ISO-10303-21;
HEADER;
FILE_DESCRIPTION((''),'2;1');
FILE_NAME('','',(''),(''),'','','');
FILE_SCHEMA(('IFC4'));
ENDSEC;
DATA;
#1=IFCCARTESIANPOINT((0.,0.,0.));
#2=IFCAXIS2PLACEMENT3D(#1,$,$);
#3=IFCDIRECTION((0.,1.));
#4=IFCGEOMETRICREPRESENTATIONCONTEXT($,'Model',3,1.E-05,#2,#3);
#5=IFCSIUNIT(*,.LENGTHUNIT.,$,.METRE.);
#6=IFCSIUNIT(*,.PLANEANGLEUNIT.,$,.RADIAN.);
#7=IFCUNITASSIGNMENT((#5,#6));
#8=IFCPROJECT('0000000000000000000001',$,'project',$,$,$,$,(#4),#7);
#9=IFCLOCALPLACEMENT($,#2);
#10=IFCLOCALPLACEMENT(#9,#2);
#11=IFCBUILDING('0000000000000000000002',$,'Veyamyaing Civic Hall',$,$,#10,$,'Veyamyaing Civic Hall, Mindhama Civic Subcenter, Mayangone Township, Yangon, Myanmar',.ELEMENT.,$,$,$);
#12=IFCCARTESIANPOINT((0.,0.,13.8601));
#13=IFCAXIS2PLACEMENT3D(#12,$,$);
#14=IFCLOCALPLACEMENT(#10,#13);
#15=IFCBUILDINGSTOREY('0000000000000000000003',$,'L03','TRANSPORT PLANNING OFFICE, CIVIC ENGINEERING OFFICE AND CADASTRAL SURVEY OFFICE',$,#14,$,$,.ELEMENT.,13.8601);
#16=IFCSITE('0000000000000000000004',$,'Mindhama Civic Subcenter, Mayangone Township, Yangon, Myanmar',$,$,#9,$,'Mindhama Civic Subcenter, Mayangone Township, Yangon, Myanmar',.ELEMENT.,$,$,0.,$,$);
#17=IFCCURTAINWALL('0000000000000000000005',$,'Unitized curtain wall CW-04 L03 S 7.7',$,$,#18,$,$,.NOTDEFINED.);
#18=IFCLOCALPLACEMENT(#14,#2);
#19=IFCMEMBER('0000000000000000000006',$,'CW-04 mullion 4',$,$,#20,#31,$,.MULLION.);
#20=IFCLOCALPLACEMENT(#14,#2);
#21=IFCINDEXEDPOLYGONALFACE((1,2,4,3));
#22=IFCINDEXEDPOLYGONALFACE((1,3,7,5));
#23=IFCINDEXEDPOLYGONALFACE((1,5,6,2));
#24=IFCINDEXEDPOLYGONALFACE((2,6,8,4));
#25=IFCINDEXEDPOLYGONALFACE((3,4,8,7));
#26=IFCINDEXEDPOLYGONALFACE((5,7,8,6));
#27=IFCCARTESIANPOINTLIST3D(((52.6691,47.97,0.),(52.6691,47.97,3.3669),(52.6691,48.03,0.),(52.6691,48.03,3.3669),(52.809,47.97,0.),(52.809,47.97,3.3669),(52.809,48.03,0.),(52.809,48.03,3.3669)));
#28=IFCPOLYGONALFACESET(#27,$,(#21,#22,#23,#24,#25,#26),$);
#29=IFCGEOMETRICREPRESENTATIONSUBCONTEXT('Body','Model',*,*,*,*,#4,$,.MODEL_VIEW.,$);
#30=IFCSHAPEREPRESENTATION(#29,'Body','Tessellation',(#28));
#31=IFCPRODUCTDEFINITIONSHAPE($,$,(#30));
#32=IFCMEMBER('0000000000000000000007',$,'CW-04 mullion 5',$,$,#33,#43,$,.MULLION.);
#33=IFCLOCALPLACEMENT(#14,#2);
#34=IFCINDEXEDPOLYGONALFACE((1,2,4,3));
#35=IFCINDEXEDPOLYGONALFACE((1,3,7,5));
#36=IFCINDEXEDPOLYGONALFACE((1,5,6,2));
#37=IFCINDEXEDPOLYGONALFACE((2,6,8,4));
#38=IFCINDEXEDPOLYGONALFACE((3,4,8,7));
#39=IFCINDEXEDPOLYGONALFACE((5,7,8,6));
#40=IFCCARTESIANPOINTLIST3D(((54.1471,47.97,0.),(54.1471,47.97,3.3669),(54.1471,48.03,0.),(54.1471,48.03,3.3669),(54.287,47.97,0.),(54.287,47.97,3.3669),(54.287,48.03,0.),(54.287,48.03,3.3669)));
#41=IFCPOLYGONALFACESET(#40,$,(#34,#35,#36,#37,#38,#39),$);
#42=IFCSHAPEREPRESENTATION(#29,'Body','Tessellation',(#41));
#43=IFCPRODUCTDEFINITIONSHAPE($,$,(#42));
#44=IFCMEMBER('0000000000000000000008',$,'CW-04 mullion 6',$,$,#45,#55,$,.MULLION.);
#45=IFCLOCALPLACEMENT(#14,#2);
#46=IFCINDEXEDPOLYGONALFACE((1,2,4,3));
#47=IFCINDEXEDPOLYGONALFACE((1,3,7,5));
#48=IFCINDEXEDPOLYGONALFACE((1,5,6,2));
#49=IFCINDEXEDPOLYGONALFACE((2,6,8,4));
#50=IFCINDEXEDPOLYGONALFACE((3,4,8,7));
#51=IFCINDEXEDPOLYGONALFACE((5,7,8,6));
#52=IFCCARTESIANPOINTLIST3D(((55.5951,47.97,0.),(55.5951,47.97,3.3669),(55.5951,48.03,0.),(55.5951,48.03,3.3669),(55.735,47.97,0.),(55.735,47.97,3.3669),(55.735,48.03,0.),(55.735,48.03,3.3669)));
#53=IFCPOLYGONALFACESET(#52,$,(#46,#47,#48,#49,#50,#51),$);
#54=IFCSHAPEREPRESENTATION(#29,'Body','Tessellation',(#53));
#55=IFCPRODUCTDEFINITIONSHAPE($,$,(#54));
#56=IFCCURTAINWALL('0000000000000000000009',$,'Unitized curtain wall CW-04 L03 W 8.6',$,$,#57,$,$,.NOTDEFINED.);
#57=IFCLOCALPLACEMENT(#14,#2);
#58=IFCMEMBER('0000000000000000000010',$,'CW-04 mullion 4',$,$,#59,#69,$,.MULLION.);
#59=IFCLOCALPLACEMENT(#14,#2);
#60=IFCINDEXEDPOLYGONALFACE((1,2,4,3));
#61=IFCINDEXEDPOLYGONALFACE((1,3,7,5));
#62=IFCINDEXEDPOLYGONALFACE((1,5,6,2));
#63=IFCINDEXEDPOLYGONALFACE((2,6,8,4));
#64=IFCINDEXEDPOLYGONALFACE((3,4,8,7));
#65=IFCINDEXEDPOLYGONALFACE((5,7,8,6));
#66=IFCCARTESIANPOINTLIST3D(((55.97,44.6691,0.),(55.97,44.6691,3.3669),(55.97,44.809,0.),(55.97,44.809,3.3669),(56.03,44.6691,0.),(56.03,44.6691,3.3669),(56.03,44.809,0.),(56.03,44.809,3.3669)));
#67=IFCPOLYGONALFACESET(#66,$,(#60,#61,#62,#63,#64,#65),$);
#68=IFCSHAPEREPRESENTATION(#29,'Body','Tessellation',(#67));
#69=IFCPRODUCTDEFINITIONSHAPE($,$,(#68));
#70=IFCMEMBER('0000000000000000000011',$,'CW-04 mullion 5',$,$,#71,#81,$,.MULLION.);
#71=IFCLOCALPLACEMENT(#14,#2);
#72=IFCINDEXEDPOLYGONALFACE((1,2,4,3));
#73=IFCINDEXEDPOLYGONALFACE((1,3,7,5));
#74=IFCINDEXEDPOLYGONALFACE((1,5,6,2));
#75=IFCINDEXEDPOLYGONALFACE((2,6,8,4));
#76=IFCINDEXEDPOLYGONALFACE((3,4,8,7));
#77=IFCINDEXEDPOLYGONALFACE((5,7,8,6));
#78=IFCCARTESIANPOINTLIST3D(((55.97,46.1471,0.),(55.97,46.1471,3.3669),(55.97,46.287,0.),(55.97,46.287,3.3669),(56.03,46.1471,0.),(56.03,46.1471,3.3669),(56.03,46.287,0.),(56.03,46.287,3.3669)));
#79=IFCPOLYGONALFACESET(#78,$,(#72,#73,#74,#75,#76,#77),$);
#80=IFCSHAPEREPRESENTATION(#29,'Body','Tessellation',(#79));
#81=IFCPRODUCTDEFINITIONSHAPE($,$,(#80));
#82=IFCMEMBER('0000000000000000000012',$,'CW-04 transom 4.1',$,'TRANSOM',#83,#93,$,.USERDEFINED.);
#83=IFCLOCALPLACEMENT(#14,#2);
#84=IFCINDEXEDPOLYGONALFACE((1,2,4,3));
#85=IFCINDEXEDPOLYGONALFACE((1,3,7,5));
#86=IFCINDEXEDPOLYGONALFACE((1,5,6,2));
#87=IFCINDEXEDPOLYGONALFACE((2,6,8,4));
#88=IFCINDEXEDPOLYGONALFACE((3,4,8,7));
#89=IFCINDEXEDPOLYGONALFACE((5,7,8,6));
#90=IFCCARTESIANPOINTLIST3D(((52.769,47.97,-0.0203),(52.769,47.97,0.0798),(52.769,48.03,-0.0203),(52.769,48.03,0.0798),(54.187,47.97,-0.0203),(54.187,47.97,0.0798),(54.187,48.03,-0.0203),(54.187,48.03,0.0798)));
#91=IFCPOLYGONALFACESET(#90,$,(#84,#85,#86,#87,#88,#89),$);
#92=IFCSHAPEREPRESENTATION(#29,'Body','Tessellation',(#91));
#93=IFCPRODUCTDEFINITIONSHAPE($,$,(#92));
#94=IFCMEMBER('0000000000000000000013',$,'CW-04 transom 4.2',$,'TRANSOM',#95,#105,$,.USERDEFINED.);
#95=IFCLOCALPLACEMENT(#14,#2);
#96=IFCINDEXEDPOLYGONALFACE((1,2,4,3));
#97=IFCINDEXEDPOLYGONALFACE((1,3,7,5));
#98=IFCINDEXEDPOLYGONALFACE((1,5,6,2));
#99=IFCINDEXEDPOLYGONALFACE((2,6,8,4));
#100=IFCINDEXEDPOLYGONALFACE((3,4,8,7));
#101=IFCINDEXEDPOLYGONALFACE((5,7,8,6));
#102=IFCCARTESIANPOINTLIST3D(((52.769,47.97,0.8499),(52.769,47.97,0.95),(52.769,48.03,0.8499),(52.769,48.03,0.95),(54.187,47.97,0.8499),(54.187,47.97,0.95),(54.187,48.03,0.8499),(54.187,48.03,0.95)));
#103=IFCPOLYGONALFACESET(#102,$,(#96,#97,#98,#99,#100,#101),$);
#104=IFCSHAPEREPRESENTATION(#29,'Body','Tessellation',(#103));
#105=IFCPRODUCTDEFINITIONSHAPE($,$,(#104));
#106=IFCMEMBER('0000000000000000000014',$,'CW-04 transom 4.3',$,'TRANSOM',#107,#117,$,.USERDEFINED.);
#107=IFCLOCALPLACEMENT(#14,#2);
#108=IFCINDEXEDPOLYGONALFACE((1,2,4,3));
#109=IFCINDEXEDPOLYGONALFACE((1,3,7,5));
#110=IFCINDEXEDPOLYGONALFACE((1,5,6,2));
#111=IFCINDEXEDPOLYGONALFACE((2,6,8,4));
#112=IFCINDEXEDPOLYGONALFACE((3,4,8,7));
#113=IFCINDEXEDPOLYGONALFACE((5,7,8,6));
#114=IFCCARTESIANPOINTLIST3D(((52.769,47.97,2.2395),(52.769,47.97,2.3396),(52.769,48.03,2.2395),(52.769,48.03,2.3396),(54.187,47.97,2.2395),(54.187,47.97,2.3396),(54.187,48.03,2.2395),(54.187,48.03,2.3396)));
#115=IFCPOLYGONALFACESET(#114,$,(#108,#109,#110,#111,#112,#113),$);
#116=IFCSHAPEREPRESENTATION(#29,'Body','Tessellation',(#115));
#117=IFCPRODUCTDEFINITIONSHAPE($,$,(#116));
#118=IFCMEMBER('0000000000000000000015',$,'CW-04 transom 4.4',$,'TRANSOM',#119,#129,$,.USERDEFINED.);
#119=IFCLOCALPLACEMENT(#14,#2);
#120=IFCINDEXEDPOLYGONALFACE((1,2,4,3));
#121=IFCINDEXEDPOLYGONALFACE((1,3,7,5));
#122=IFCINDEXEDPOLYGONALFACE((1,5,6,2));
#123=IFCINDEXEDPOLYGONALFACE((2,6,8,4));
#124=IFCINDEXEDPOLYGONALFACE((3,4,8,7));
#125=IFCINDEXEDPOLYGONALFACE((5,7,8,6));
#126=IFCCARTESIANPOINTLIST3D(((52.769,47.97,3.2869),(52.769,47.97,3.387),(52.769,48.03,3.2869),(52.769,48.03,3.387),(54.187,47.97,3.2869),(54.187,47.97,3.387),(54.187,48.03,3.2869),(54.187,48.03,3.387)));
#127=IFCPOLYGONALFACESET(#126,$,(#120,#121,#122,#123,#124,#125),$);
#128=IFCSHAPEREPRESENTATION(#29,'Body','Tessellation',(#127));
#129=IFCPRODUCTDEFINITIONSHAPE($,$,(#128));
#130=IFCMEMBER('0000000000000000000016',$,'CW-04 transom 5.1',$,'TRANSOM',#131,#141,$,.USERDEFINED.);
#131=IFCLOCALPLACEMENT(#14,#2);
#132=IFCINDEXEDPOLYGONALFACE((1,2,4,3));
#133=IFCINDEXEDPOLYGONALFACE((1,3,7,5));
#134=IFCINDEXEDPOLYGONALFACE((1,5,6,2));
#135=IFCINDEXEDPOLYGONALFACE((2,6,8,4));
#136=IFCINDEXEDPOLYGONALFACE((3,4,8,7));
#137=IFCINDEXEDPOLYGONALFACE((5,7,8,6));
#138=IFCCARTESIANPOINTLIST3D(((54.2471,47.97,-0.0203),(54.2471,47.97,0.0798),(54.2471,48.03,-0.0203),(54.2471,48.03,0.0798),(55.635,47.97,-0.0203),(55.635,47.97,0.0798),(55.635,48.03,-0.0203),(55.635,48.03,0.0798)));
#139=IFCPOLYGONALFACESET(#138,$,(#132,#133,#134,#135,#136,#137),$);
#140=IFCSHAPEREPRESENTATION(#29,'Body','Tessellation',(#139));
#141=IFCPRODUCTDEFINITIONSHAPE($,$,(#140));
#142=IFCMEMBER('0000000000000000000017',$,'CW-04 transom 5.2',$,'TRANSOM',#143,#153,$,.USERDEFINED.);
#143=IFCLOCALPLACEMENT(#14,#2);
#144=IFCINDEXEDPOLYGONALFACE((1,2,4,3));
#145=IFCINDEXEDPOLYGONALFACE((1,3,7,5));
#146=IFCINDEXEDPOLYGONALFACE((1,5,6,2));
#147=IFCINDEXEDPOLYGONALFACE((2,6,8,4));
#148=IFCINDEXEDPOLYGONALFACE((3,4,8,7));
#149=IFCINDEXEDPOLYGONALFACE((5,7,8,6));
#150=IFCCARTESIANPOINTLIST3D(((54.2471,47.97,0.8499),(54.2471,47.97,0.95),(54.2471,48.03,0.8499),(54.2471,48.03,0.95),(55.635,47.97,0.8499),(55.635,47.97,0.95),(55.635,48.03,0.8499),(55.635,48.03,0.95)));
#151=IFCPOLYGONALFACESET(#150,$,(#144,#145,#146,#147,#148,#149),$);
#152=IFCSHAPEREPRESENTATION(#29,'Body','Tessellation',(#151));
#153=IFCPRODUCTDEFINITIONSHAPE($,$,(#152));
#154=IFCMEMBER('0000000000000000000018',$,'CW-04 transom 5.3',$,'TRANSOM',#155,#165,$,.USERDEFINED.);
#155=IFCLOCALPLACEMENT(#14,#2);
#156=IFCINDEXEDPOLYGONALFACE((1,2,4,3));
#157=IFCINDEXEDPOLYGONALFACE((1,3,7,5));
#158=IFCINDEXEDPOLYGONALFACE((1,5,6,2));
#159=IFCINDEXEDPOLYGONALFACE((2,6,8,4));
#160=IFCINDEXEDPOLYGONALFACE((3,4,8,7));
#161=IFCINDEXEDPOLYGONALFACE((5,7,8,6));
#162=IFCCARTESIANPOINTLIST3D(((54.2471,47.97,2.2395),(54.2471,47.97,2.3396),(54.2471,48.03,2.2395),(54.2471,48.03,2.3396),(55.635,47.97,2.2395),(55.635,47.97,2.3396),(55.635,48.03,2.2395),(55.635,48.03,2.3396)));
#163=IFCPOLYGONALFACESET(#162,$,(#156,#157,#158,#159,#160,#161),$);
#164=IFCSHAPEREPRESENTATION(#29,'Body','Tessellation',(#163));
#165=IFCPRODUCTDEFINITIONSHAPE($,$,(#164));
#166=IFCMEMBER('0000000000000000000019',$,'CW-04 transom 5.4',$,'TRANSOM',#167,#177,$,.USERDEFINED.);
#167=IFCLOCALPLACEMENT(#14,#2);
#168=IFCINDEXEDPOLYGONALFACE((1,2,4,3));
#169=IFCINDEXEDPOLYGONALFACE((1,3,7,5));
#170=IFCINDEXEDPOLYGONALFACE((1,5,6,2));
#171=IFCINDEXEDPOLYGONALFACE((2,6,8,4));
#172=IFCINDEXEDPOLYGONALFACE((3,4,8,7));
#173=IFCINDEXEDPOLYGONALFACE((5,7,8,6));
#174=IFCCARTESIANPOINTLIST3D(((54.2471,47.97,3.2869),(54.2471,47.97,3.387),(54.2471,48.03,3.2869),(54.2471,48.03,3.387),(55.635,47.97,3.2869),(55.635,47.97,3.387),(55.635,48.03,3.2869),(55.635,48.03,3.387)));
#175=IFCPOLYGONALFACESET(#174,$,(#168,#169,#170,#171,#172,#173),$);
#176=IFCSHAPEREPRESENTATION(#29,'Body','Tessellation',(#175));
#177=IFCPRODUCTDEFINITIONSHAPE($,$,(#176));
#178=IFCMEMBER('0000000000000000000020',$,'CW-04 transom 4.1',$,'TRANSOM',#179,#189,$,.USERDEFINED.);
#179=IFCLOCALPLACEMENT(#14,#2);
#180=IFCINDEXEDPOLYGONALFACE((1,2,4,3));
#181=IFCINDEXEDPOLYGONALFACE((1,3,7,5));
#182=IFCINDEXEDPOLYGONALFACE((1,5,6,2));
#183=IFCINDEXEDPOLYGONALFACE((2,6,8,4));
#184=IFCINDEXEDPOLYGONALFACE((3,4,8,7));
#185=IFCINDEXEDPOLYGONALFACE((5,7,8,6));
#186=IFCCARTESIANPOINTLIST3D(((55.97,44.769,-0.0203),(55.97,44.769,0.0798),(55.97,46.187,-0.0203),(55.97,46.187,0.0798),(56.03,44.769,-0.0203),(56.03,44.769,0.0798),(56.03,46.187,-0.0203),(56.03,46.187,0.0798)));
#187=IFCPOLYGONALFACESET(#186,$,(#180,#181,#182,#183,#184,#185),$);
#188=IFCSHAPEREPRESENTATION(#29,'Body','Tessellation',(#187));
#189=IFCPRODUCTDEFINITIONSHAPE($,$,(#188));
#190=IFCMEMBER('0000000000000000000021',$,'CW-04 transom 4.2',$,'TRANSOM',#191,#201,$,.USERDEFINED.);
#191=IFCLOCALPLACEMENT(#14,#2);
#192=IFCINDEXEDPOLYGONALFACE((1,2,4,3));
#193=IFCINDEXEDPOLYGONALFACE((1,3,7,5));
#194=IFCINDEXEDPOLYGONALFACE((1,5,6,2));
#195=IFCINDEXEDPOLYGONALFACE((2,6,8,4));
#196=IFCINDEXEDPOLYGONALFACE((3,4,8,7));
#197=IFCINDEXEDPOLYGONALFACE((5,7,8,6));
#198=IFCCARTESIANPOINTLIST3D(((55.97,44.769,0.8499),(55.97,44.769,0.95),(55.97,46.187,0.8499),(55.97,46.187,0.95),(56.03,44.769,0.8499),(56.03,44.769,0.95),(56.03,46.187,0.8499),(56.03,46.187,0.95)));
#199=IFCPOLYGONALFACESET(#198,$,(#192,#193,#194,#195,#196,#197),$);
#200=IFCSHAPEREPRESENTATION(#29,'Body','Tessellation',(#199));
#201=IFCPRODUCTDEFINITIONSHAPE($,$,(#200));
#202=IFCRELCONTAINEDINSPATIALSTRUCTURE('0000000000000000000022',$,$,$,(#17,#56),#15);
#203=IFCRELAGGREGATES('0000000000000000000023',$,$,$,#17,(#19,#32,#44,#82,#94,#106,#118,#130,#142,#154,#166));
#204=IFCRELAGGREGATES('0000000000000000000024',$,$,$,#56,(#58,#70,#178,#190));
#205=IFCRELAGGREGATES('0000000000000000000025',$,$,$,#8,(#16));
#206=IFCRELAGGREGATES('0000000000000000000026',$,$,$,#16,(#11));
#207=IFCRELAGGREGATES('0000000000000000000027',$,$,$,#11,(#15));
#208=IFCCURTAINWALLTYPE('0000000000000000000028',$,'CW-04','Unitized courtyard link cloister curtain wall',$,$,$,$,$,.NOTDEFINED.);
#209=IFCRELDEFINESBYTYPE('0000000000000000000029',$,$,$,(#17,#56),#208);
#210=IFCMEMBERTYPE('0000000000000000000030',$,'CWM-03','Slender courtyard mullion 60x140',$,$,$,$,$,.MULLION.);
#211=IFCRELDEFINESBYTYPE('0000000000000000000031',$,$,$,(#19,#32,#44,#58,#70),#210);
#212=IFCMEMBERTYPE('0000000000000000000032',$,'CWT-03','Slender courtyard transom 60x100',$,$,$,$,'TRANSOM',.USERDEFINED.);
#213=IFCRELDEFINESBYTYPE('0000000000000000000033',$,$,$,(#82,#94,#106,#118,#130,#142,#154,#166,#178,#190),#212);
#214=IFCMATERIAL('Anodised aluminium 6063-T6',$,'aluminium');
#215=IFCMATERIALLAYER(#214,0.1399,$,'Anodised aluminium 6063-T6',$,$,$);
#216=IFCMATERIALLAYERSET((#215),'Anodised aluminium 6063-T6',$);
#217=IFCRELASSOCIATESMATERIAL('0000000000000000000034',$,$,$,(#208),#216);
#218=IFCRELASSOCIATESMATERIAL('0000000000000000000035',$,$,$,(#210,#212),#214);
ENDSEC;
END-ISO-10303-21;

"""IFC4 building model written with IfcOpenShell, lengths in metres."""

from ifc_helpers import new_model, si_unit, direction, frame, origin, origin_2d, place, context, subcontext, project, spatial, rectangle, extrude, material, layer, layer_set, material_profile, profile_set, type_object, element, aggregate, save


model = new_model("IFC4")

# Units and contexts
model_context = context("Model", 3, precision=1e-05, world=origin(), true_north=direction((0.0, 1.0)))
body_context = subcontext(model_context, "Body", "Model", "MODEL_VIEW")
ifc_project = project(units=[si_unit("LENGTHUNIT", "METRE"), si_unit("PLANEANGLEUNIT", "RADIAN")], contexts=[model_context])

# Site, building, storey
site_placement = place(None, origin())
site = spatial("IfcSite", under=ifc_project, at=site_placement, Name="Mindhama Civic Subcenter, Mayangone Township, Yangon, Myanmar", LongName="Mindhama Civic Subcenter, Mayangone Township, Yangon, Myanmar", CompositionType="ELEMENT", RefElevation=0.0)
building_placement = place(site_placement, origin())
building = spatial("IfcBuilding", under=site, at=building_placement, Name="Veyamyaing Civic Hall", LongName="Veyamyaing Civic Hall, Mindhama Civic Subcenter, Mayangone Township, Yangon, Myanmar", CompositionType="ELEMENT")
storey_placement = place(building_placement, frame((0.0, 0.0, 13.8601)))
storey = spatial("IfcBuildingStorey", under=building, at=storey_placement, Name="L03", Description="TRANSPORT PLANNING OFFICE, CIVIC ENGINEERING OFFICE AND CADASTRAL SURVEY OFFICE", CompositionType="ELEMENT", Elevation=13.8601)

# Curtain walls, members
ifc_material_1 = material(Name="Anodised aluminium 6063-T6", Category="aluminium")
ifc_layer_1 = layer(ifc_material_1, 0.1399, Name="Anodised aluminium 6063-T6")
ifc_layer_set_1 = layer_set([ifc_layer_1], Name="Anodised aluminium 6063-T6")
curtain_wall_type = type_object("IfcCurtainWallType", Name="CW-04", Description="Unitized courtyard link cloister curtain wall", PredefinedType="NOTDEFINED", material=ifc_layer_set_1)
curtain_wall_1_placement = place(storey_placement, origin())
curtain_wall_1 = element("IfcCurtainWall", 1, at=curtain_wall_1_placement, inside=storey, type_object=curtain_wall_type, Name="Unitized curtain wall CW-04 L03 S 7.7", PredefinedType="NOTDEFINED")
ifc_material_profile_1 = material_profile(ifc_material_1, rectangle(XDim=0.0601, YDim=0.1399, at=origin_2d()), Name="ALU-MUL-60X140")
ifc_profile_set_1 = profile_set([ifc_material_profile_1], Name="Anodised aluminium 6063-T6")
member_type_1 = type_object("IfcMemberType", Name="CWM-03", Description="Slender courtyard mullion 60x140", PredefinedType="MULLION", material=ifc_profile_set_1)
member_1_placement = place(storey_placement, frame((52.739, 48.0, 0.0), z_axis=(0.0, 0.0, 1.0), x_axis=(0.0, 1.0, 0.0)))
member_1 = element("IfcMember", 2, at=member_1_placement, type_object=member_type_1, Name="CW-04 mullion 4", PredefinedType="MULLION", context=body_context, shape_type="SweptSolid", body=[
    extrude(rectangle(XDim=0.0601, YDim=0.1399, at=origin_2d()), origin(), (0.0, 0.0, 1.0), 3.3669),
])
member_2_placement = place(storey_placement, frame((54.217, 48.0, 0.0), z_axis=(0.0, 0.0, 1.0), x_axis=(0.0, 1.0, 0.0)))
member_2 = element("IfcMember", 3, at=member_2_placement, type_object=member_type_1, Name="CW-04 mullion 5", PredefinedType="MULLION", context=body_context, shape_type="SweptSolid", body=[
    extrude(rectangle(XDim=0.0601, YDim=0.1399, at=origin_2d()), origin(), (0.0, 0.0, 1.0), 3.3669),
])
member_3_placement = place(storey_placement, frame((55.665, 48.0, 0.0), z_axis=(0.0, 0.0, 1.0), x_axis=(0.0, 1.0, 0.0)))
member_3 = element("IfcMember", 4, at=member_3_placement, type_object=member_type_1, Name="CW-04 mullion 6", PredefinedType="MULLION", context=body_context, shape_type="SweptSolid", body=[
    extrude(rectangle(XDim=0.0601, YDim=0.1399, at=origin_2d()), origin(), (0.0, 0.0, 1.0), 3.3669),
])
curtain_wall_2_placement = place(storey_placement, origin())
curtain_wall_2 = element("IfcCurtainWall", 5, at=curtain_wall_2_placement, inside=storey, type_object=curtain_wall_type, Name="Unitized curtain wall CW-04 L03 W 8.6", PredefinedType="NOTDEFINED")
member_4_placement = place(storey_placement, frame((56.0, 44.739, 0.0), z_axis=(0.0, 0.0, 1.0), x_axis=(-1.0, 0.0, 0.0)))
member_4 = element("IfcMember", 6, at=member_4_placement, type_object=member_type_1, Name="CW-04 mullion 4", PredefinedType="MULLION", context=body_context, shape_type="SweptSolid", body=[
    extrude(rectangle(XDim=0.0601, YDim=0.1399, at=origin_2d()), origin(), (0.0, 0.0, 1.0), 3.3669),
])
member_5_placement = place(storey_placement, frame((56.0, 46.217, 0.0), z_axis=(0.0, 0.0, 1.0), x_axis=(-1.0, 0.0, 0.0)))
member_5 = element("IfcMember", 7, at=member_5_placement, type_object=member_type_1, Name="CW-04 mullion 5", PredefinedType="MULLION", context=body_context, shape_type="SweptSolid", body=[
    extrude(rectangle(XDim=0.0601, YDim=0.1399, at=origin_2d()), origin(), (0.0, 0.0, 1.0), 3.3669),
])

# Members
ifc_material_profile_2 = material_profile(ifc_material_1, rectangle(XDim=0.0601, YDim=0.1001, at=origin_2d()), Name="ALU-TRN-60X100")
ifc_profile_set_2 = profile_set([ifc_material_profile_2], Name="Anodised aluminium 6063-T6")
member_type_2 = type_object("IfcMemberType", Name="CWT-03", Description="Slender courtyard transom 60x100", ElementType="TRANSOM", PredefinedType="USERDEFINED", material=ifc_profile_set_2)
member_6_placement = place(storey_placement, frame((52.769, 48.0, 0.0298), z_axis=(1.0, 0.0, 0.0), x_axis=(0.0, 1.0, 0.0)))
member_6 = element("IfcMember", 8, at=member_6_placement, type_object=member_type_2, Name="CW-04 transom 4.1", ObjectType="TRANSOM", PredefinedType="USERDEFINED", context=body_context, shape_type="SweptSolid", body=[
    extrude(rectangle(XDim=0.0601, YDim=0.1001, at=origin_2d()), origin(), (0.0, 0.0, 1.0), 1.418),
])
member_7_placement = place(storey_placement, frame((52.769, 48.0, 0.8999), z_axis=(1.0, 0.0, 0.0), x_axis=(0.0, 1.0, 0.0)))
member_7 = element("IfcMember", 9, at=member_7_placement, type_object=member_type_2, Name="CW-04 transom 4.2", ObjectType="TRANSOM", PredefinedType="USERDEFINED", context=body_context, shape_type="SweptSolid", body=[
    extrude(rectangle(XDim=0.0601, YDim=0.1001, at=origin_2d()), origin(), (0.0, 0.0, 1.0), 1.418),
])
member_8_placement = place(storey_placement, frame((52.769, 48.0, 2.2896), z_axis=(1.0, 0.0, 0.0), x_axis=(0.0, 1.0, 0.0)))
member_8 = element("IfcMember", 10, at=member_8_placement, type_object=member_type_2, Name="CW-04 transom 4.3", ObjectType="TRANSOM", PredefinedType="USERDEFINED", context=body_context, shape_type="SweptSolid", body=[
    extrude(rectangle(XDim=0.0601, YDim=0.1001, at=origin_2d()), origin(), (0.0, 0.0, 1.0), 1.418),
])
member_9_placement = place(storey_placement, frame((52.769, 48.0, 3.3369), z_axis=(1.0, 0.0, 0.0), x_axis=(0.0, 1.0, 0.0)))
member_9 = element("IfcMember", 11, at=member_9_placement, type_object=member_type_2, Name="CW-04 transom 4.4", ObjectType="TRANSOM", PredefinedType="USERDEFINED", context=body_context, shape_type="SweptSolid", body=[
    extrude(rectangle(XDim=0.0601, YDim=0.1001, at=origin_2d()), origin(), (0.0, 0.0, 1.0), 1.418),
])
member_10_placement = place(storey_placement, frame((54.2471, 48.0, 0.0298), z_axis=(1.0, 0.0, 0.0), x_axis=(0.0, 1.0, 0.0)))
member_10 = element("IfcMember", 12, at=member_10_placement, type_object=member_type_2, Name="CW-04 transom 5.1", ObjectType="TRANSOM", PredefinedType="USERDEFINED", context=body_context, shape_type="SweptSolid", body=[
    extrude(rectangle(XDim=0.0601, YDim=0.1001, at=origin_2d()), origin(), (0.0, 0.0, 1.0), 1.3879),
])
member_11_placement = place(storey_placement, frame((54.2471, 48.0, 0.8999), z_axis=(1.0, 0.0, 0.0), x_axis=(0.0, 1.0, 0.0)))
member_11 = element("IfcMember", 13, at=member_11_placement, type_object=member_type_2, Name="CW-04 transom 5.2", ObjectType="TRANSOM", PredefinedType="USERDEFINED", context=body_context, shape_type="SweptSolid", body=[
    extrude(rectangle(XDim=0.0601, YDim=0.1001, at=origin_2d()), origin(), (0.0, 0.0, 1.0), 1.3879),
])
member_12_placement = place(storey_placement, frame((54.2471, 48.0, 2.2896), z_axis=(1.0, 0.0, 0.0), x_axis=(0.0, 1.0, 0.0)))
member_12 = element("IfcMember", 14, at=member_12_placement, type_object=member_type_2, Name="CW-04 transom 5.3", ObjectType="TRANSOM", PredefinedType="USERDEFINED", context=body_context, shape_type="SweptSolid", body=[
    extrude(rectangle(XDim=0.0601, YDim=0.1001, at=origin_2d()), origin(), (0.0, 0.0, 1.0), 1.3879),
])
member_13_placement = place(storey_placement, frame((54.2471, 48.0, 3.3369), z_axis=(1.0, 0.0, 0.0), x_axis=(0.0, 1.0, 0.0)))
member_13 = element("IfcMember", 15, at=member_13_placement, type_object=member_type_2, Name="CW-04 transom 5.4", ObjectType="TRANSOM", PredefinedType="USERDEFINED", context=body_context, shape_type="SweptSolid", body=[
    extrude(rectangle(XDim=0.0601, YDim=0.1001, at=origin_2d()), origin(), (0.0, 0.0, 1.0), 1.3879),
])
member_14_placement = place(storey_placement, frame((56.0, 44.769, 0.0298), z_axis=(0.0, 1.0, 0.0), x_axis=(-1.0, 0.0, 0.0)))
member_14 = element("IfcMember", 16, at=member_14_placement, type_object=member_type_2, Name="CW-04 transom 4.1", ObjectType="TRANSOM", PredefinedType="USERDEFINED", context=body_context, shape_type="SweptSolid", body=[
    extrude(rectangle(XDim=0.0601, YDim=0.1001, at=origin_2d()), origin(), (0.0, 0.0, 1.0), 1.418),
])
member_15_placement = place(storey_placement, frame((56.0, 44.769, 0.8999), z_axis=(0.0, 1.0, 0.0), x_axis=(-1.0, 0.0, 0.0)))
member_15 = element("IfcMember", 17, at=member_15_placement, type_object=member_type_2, Name="CW-04 transom 4.2", ObjectType="TRANSOM", PredefinedType="USERDEFINED", context=body_context, shape_type="SweptSolid", body=[
    extrude(rectangle(XDim=0.0601, YDim=0.1001, at=origin_2d()), origin(), (0.0, 0.0, 1.0), 1.418),
])

aggregate(curtain_wall_1, [member_1, member_2, member_3, member_6, member_7, member_8, member_9, member_10, member_11, member_12, member_13])
aggregate(curtain_wall_2, [member_4, member_5, member_14, member_15])

save(model, "model.ifc")
